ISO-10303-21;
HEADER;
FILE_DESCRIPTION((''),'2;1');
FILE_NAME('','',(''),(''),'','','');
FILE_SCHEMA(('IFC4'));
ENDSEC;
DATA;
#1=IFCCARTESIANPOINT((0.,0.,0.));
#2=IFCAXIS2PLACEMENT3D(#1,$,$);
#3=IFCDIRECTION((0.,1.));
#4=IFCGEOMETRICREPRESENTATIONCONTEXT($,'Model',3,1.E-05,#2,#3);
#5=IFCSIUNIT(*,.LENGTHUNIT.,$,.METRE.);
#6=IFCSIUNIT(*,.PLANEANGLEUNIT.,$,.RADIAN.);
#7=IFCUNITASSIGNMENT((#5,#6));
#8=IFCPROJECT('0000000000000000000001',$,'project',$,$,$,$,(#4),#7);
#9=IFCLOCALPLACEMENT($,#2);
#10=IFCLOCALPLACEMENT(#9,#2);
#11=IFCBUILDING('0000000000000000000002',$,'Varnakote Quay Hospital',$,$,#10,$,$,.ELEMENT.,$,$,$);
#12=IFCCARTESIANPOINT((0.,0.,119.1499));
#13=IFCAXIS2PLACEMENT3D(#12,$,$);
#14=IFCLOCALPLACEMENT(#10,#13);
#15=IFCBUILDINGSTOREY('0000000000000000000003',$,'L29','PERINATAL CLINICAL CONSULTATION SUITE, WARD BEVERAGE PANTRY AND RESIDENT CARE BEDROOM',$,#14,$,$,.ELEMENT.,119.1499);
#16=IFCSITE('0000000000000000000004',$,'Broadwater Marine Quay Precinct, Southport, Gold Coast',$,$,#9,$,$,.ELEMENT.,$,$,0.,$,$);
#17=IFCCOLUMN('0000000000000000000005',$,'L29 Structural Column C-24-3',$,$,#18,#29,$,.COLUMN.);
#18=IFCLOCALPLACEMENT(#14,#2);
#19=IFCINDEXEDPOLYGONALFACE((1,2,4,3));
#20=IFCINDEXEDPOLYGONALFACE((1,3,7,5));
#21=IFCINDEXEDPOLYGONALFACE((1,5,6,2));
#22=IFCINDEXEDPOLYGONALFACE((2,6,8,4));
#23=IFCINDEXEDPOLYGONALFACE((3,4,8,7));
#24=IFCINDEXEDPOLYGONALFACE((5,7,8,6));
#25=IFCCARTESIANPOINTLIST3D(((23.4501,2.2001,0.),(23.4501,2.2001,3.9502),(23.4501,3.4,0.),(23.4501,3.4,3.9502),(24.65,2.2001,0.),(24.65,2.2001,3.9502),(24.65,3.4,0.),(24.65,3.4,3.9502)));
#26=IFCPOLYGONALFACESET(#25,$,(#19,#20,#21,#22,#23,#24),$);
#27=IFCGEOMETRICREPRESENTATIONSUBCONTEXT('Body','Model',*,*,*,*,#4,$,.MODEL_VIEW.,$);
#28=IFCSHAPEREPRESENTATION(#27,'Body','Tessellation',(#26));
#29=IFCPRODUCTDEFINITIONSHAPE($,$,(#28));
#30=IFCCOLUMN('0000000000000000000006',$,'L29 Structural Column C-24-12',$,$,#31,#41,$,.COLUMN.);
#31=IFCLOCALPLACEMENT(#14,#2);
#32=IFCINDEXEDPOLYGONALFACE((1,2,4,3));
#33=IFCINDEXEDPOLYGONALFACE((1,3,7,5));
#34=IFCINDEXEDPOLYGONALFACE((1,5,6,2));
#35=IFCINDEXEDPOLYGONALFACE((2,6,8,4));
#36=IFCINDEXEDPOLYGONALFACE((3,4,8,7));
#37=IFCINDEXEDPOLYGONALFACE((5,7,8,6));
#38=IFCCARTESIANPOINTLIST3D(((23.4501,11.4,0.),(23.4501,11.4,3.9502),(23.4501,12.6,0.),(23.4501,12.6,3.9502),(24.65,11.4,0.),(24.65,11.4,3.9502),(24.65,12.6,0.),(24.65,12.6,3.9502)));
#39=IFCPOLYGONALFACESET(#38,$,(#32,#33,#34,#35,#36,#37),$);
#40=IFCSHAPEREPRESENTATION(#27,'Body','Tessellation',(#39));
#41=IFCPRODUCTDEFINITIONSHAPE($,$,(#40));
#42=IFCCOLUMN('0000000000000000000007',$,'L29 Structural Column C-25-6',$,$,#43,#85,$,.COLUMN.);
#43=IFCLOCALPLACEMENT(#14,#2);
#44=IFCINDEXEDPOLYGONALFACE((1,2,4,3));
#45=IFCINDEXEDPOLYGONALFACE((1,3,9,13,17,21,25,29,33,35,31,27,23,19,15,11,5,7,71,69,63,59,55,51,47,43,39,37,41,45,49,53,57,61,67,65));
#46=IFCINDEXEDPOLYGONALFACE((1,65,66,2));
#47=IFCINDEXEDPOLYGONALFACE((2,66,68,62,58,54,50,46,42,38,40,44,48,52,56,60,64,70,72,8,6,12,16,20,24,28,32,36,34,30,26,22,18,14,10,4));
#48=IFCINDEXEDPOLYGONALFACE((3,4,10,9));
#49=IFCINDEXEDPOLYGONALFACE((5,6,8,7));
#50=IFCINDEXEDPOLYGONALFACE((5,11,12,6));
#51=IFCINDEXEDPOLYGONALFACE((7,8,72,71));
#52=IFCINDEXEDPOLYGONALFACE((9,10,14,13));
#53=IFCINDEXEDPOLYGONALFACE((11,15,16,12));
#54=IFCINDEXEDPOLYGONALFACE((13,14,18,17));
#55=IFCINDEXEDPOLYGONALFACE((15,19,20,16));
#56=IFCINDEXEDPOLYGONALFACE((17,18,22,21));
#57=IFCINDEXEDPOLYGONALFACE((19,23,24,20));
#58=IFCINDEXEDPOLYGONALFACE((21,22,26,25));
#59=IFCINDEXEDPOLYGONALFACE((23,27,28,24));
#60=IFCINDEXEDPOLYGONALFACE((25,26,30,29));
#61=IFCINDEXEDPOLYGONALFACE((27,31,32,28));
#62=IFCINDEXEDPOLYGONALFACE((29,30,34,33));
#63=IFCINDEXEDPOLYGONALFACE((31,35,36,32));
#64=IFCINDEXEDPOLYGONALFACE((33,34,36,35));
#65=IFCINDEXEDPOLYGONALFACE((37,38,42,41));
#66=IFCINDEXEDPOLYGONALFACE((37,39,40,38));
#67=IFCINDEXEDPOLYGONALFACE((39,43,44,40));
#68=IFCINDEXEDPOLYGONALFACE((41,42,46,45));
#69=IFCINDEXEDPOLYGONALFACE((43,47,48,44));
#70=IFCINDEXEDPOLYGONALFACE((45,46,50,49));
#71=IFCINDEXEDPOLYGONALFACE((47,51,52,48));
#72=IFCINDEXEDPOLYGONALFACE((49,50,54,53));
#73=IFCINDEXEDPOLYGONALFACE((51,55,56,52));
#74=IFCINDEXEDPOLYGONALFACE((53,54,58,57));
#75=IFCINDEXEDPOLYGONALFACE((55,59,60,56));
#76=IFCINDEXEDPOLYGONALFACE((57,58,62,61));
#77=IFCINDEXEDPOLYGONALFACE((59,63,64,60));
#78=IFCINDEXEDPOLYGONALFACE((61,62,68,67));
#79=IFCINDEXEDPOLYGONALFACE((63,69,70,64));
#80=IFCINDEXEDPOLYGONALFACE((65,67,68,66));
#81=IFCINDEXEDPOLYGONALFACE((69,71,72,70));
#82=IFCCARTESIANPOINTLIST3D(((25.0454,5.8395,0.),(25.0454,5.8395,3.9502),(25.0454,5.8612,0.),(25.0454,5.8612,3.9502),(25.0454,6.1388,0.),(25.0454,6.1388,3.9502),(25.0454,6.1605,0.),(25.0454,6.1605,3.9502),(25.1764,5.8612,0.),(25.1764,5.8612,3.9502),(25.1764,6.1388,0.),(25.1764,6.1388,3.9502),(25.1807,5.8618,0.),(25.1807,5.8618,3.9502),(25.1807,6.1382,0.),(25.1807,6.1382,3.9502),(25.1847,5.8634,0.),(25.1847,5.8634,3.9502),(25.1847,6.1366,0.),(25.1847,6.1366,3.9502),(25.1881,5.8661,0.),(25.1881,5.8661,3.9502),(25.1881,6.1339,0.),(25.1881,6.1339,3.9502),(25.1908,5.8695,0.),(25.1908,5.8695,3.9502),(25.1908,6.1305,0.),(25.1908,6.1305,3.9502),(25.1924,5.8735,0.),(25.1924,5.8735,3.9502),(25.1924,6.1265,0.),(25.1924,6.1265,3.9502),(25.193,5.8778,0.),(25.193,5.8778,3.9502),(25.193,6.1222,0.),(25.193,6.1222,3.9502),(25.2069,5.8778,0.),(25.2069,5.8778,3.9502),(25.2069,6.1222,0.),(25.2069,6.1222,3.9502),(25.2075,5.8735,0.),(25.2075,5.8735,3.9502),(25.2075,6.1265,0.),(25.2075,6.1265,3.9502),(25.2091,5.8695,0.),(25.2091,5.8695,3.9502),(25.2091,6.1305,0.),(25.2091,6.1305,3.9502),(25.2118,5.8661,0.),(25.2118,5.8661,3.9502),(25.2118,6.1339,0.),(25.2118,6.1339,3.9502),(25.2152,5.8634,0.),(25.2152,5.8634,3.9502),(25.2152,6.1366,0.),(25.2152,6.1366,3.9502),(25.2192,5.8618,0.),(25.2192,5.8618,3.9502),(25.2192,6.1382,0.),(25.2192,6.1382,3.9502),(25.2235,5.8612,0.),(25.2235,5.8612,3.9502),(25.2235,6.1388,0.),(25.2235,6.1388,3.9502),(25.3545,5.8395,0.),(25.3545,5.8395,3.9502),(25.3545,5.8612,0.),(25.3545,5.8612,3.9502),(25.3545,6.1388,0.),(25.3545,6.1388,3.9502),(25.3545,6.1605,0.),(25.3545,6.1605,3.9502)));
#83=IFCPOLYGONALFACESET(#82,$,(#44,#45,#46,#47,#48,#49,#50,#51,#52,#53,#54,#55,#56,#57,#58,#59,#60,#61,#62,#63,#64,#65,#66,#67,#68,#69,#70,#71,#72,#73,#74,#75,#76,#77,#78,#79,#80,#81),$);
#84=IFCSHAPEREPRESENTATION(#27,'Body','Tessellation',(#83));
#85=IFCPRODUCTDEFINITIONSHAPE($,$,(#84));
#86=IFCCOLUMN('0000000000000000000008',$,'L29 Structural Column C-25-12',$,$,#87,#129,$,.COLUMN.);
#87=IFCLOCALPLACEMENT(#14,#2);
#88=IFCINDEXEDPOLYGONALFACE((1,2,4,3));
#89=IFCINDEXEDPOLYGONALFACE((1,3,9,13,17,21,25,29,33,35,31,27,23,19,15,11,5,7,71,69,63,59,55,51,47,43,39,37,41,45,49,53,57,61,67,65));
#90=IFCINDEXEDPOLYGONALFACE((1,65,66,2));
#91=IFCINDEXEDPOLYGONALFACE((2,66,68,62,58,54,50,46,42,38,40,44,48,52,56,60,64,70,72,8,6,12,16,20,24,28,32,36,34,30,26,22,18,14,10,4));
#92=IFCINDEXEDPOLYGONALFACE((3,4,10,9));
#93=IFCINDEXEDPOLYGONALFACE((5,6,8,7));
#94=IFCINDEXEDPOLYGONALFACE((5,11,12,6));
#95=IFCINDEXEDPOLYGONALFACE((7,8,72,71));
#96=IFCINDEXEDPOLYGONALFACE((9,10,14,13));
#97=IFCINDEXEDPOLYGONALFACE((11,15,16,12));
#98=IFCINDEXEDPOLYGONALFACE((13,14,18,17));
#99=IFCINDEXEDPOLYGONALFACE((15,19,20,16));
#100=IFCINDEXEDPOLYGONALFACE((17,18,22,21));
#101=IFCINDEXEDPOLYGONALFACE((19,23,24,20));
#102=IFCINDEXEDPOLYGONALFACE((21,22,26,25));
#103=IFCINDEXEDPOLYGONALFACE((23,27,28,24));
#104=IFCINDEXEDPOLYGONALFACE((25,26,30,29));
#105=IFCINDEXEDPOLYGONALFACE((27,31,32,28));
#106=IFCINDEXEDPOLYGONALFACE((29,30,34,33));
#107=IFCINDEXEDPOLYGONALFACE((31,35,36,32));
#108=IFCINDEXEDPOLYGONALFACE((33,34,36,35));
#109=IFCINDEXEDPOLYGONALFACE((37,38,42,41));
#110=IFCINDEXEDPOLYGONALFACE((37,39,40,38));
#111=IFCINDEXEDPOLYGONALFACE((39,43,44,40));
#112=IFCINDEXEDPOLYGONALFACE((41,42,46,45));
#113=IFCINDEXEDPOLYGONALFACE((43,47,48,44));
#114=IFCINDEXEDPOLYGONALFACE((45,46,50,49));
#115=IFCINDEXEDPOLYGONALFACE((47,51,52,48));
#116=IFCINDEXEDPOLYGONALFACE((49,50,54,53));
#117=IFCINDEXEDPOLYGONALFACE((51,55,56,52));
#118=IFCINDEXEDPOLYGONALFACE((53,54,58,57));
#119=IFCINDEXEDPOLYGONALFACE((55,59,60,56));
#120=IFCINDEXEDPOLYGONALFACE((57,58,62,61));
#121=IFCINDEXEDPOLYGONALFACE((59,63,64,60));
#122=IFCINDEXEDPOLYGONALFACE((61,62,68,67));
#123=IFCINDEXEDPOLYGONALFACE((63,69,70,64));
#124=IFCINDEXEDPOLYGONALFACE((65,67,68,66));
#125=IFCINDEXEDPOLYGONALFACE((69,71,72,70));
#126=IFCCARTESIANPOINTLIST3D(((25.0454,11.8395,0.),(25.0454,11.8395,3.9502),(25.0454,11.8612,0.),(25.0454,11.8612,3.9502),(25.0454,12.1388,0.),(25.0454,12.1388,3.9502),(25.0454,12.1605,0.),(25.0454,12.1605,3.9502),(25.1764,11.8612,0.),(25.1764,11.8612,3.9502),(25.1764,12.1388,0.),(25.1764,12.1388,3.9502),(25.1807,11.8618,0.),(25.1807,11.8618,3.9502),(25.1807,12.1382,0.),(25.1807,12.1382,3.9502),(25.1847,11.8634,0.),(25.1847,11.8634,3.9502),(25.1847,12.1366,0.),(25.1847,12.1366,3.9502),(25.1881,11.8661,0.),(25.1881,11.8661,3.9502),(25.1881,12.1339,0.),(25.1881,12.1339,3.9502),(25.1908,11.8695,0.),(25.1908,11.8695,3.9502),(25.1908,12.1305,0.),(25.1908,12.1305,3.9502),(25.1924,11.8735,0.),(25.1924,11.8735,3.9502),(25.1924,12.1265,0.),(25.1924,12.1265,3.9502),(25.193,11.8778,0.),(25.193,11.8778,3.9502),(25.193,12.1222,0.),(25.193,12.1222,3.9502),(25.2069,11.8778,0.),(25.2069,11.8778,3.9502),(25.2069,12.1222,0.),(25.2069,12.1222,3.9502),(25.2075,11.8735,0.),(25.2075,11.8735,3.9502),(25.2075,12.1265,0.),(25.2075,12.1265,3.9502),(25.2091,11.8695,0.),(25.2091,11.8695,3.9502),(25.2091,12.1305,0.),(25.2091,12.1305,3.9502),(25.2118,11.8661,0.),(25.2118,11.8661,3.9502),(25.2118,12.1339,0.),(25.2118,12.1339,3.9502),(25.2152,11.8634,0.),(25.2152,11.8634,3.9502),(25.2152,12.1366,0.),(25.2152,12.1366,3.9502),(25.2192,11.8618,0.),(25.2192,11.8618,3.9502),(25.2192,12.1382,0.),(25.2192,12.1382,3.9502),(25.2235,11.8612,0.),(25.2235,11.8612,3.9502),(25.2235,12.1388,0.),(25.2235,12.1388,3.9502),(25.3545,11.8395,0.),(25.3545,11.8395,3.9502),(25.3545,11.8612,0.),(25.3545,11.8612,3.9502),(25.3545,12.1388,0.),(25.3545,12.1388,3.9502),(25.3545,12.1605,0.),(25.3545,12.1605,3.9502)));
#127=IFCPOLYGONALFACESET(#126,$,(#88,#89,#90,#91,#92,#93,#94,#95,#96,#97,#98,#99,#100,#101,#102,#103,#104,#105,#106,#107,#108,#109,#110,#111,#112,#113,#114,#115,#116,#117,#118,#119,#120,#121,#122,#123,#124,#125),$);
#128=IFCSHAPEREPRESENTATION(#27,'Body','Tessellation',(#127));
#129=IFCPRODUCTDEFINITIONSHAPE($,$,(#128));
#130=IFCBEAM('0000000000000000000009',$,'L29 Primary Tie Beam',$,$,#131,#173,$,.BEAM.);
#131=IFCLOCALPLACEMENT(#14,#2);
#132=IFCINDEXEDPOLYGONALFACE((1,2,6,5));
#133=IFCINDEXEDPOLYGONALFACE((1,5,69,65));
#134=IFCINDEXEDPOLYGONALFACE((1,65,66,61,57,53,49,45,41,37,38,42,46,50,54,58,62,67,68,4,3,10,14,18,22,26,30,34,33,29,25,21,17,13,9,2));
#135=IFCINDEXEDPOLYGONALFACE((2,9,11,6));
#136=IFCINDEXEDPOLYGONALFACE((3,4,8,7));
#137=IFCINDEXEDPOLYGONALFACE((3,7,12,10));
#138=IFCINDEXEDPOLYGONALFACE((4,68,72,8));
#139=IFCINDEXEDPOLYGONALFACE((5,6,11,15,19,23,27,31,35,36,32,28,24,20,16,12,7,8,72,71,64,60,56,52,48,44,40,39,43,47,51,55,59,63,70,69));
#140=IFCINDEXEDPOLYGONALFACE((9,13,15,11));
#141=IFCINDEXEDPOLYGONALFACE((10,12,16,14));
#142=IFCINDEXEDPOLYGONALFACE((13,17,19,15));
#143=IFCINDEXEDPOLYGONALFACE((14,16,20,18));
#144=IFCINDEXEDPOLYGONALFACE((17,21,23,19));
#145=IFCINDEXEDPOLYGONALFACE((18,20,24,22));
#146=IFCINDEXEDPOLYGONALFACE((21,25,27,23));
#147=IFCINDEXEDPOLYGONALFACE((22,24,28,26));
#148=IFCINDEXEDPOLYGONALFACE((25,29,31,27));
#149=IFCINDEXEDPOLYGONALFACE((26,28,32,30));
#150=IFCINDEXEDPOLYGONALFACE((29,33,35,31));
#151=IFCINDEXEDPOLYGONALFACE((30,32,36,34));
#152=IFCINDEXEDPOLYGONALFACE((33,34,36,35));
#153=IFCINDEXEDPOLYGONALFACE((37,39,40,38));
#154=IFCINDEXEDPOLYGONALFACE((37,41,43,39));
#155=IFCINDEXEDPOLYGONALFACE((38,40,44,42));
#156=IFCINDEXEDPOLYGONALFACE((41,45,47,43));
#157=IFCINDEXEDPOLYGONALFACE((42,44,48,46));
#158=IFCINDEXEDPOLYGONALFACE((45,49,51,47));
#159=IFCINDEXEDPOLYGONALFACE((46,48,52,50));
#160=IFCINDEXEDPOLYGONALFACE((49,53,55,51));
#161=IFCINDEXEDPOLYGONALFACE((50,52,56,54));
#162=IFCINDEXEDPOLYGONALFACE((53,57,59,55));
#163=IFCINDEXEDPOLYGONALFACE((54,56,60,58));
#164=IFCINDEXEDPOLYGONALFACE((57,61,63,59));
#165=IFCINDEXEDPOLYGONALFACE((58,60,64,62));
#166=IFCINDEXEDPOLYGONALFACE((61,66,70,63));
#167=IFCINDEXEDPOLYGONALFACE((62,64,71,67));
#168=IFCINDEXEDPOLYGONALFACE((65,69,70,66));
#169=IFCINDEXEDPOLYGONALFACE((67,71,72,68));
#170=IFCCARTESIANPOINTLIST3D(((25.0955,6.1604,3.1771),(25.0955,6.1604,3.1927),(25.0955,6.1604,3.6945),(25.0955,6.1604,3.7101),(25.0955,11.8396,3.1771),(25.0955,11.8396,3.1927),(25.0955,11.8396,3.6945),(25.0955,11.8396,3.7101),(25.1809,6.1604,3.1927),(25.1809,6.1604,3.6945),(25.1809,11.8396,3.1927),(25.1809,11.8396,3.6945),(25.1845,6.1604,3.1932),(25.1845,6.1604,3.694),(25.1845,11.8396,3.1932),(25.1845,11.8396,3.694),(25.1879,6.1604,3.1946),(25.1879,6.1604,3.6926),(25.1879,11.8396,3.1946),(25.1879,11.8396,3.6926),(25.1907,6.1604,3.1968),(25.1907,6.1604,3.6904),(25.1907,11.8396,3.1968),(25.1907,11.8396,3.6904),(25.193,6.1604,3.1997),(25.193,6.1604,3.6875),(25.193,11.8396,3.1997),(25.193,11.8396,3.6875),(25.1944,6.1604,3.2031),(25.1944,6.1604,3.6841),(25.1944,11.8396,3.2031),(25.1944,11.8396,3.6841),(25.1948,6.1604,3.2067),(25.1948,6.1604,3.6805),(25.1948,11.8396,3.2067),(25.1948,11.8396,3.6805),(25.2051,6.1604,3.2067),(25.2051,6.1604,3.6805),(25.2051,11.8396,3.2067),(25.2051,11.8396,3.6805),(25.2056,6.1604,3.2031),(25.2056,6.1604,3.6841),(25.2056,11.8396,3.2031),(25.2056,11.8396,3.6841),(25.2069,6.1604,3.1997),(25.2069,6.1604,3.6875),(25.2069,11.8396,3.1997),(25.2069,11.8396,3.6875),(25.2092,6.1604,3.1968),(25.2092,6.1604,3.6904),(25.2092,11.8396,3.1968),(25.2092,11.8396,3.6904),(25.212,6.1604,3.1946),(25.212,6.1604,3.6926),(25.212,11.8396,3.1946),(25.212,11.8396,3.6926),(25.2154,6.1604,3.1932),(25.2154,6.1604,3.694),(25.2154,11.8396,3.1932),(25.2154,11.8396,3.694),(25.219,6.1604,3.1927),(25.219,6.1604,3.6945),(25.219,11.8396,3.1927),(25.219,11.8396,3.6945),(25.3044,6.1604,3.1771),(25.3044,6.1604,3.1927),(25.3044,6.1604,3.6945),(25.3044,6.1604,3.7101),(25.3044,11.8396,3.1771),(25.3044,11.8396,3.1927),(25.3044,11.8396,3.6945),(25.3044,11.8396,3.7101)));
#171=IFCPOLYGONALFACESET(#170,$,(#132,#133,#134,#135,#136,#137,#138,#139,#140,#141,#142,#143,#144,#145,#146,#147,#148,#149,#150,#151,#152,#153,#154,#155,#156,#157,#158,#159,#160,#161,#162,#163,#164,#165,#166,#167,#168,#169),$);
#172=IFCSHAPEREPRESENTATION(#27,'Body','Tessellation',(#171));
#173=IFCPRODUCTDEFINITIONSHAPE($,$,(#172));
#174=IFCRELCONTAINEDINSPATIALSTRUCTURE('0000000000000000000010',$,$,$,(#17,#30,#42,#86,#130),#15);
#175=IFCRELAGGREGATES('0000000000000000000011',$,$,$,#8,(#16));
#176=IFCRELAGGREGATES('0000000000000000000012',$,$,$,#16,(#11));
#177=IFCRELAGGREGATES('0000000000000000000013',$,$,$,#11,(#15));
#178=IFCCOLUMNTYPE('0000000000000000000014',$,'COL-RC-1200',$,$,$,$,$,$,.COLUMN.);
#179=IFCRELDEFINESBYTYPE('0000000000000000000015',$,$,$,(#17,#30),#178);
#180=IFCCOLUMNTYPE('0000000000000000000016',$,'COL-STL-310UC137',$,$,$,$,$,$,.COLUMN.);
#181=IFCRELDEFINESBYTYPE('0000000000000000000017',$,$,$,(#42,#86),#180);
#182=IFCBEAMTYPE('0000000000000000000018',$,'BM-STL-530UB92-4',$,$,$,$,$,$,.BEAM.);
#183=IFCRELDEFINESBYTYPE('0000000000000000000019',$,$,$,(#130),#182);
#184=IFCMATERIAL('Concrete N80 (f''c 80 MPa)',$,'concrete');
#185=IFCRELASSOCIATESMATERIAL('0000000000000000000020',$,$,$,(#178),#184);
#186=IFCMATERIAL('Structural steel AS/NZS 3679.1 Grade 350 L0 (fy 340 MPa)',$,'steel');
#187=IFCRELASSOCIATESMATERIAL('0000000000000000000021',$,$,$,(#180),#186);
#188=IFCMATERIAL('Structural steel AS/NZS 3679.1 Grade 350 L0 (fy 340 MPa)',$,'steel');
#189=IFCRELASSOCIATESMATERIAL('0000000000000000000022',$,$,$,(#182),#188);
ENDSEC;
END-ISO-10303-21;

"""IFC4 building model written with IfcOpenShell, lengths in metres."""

from ifc_helpers import new_model, si_unit, direction, frame, origin, origin_2d, place, context, subcontext, project, spatial, rectangle, i_section, extrude, material, material_profile, profile_set, type_object, element, save


model = new_model("IFC4")

# Units and contexts
model_context = context("Model", 3, precision=1e-05, world=origin(), true_north=direction((0.0, 1.0)))
body_context = subcontext(model_context, "Body", "Model", "MODEL_VIEW")
ifc_project = project(units=[si_unit("LENGTHUNIT", "METRE"), si_unit("PLANEANGLEUNIT", "RADIAN")], contexts=[model_context])

# Site, building, storey
site_placement = place(None, origin())
site = spatial("IfcSite", under=ifc_project, at=site_placement, Name="Broadwater Marine Quay Precinct, Southport, Gold Coast", CompositionType="ELEMENT", RefElevation=0.0)
building_placement = place(site_placement, origin())
building = spatial("IfcBuilding", under=site, at=building_placement, Name="Varnakote Quay Hospital", CompositionType="ELEMENT")
storey_placement = place(building_placement, frame((0.0, 0.0, 119.1499)))
storey = spatial("IfcBuildingStorey", under=building, at=storey_placement, Name="L29", Description="PERINATAL CLINICAL CONSULTATION SUITE, WARD BEVERAGE PANTRY AND RESIDENT CARE BEDROOM", CompositionType="ELEMENT", Elevation=119.1499)

# Columns
ifc_material_1 = material(Name="Concrete N80 (f'c 80 MPa)", Category="concrete")
ifc_material_profile_1 = material_profile(ifc_material_1, rectangle(XDim=1.2, YDim=1.2, at=origin_2d()), Name="RC-COL-1200x1200")
ifc_profile_set_1 = profile_set([ifc_material_profile_1], Name="Concrete N80 (f'c 80 MPa)")
column_type_1 = type_object("IfcColumnType", Name="COL-RC-1200", PredefinedType="COLUMN", material=ifc_profile_set_1)
for number, where, z_axis, x_axis, name in (
    (1, (24.05, 2.8, 0.0), (0.0, 0.0, 1.0), (1.0, 0.0, 0.0), "L29 Structural Column C-24-3"),
    (2, (24.05, 12.0, 0.0), (0.0, 0.0, 1.0), (1.0, 0.0, 0.0), "L29 Structural Column C-24-12"),
):
    element("IfcColumn", number, at=place(storey_placement, frame(where, z_axis=z_axis, x_axis=x_axis)), inside=storey, type_object=column_type_1, Name=name, PredefinedType="COLUMN", context=body_context, shape_type="SweptSolid", body=[
        extrude(rectangle(XDim=1.2, YDim=1.2, at=origin_2d()), origin(), (0.0, 0.0, 1.0), 3.9502),
    ])
ifc_material_2 = material(Name="Structural steel AS/NZS 3679.1 Grade 350 L0 (fy 340 MPa)", Category="steel")
ifc_material_profile_2 = material_profile(ifc_material_2, i_section(OverallWidth=0.3091, OverallDepth=0.321, WebThickness=0.0139, FlangeThickness=0.0217, FilletRadius=0.0166, at=origin_2d()), Name="310UC137")
ifc_profile_set_2 = profile_set([ifc_material_profile_2], Name="Structural steel AS/NZS 3679.1 Grade 350 L0 (fy 340 MPa)")
column_type_2 = type_object("IfcColumnType", Name="COL-STL-310UC137", PredefinedType="COLUMN", material=ifc_profile_set_2)
for number, where, z_axis, x_axis, name in (
    (3, (25.2, 6.0, 0.0), (0.0, 0.0, 1.0), (1.0, 0.0, 0.0), "L29 Structural Column C-25-6"),
    (4, (25.2, 12.0, 0.0), (0.0, 0.0, 1.0), (1.0, 0.0, 0.0), "L29 Structural Column C-25-12"),
):
    element("IfcColumn", number, at=place(storey_placement, frame(where, z_axis=z_axis, x_axis=x_axis)), inside=storey, type_object=column_type_2, Name=name, PredefinedType="COLUMN", context=body_context, shape_type="SweptSolid", body=[
        extrude(i_section(OverallWidth=0.3091, OverallDepth=0.321, WebThickness=0.0139, FlangeThickness=0.0217, FilletRadius=0.0166, at=origin_2d()), origin(), (0.0, 0.0, 1.0), 3.9502),
    ])

# Beam
ifc_material_3 = material(Name="Structural steel AS/NZS 3679.1 Grade 350 L0 (fy 340 MPa)", Category="steel")
ifc_material_profile_3 = material_profile(ifc_material_3, i_section(OverallWidth=0.209, OverallDepth=0.533, WebThickness=0.0103, FlangeThickness=0.0156, FilletRadius=0.0139, at=origin_2d()), Name="530UB92.4")
ifc_profile_set_3 = profile_set([ifc_material_profile_3], Name="Structural steel AS/NZS 3679.1 Grade 350 L0 (fy 340 MPa)")
beam_type_1 = type_object("IfcBeamType", Name="BM-STL-530UB92-4", PredefinedType="BEAM", material=ifc_profile_set_3)
beam_1_placement = place(storey_placement, frame((25.2, 6.1604, 3.4436), z_axis=(0.0, 1.0, 0.0), x_axis=(-1.0, 0.0, 0.0)))
element("IfcBeam", 5, at=beam_1_placement, inside=storey, type_object=beam_type_1, Name="L29 Primary Tie Beam", PredefinedType="BEAM", context=body_context, shape_type="SweptSolid", body=[
    extrude(i_section(OverallWidth=0.209, OverallDepth=0.533, WebThickness=0.0103, FlangeThickness=0.0156, FilletRadius=0.0139, at=origin_2d()), origin(), (0.0, 0.0, 1.0), 5.6792),
])

save(model, "model.ifc")
